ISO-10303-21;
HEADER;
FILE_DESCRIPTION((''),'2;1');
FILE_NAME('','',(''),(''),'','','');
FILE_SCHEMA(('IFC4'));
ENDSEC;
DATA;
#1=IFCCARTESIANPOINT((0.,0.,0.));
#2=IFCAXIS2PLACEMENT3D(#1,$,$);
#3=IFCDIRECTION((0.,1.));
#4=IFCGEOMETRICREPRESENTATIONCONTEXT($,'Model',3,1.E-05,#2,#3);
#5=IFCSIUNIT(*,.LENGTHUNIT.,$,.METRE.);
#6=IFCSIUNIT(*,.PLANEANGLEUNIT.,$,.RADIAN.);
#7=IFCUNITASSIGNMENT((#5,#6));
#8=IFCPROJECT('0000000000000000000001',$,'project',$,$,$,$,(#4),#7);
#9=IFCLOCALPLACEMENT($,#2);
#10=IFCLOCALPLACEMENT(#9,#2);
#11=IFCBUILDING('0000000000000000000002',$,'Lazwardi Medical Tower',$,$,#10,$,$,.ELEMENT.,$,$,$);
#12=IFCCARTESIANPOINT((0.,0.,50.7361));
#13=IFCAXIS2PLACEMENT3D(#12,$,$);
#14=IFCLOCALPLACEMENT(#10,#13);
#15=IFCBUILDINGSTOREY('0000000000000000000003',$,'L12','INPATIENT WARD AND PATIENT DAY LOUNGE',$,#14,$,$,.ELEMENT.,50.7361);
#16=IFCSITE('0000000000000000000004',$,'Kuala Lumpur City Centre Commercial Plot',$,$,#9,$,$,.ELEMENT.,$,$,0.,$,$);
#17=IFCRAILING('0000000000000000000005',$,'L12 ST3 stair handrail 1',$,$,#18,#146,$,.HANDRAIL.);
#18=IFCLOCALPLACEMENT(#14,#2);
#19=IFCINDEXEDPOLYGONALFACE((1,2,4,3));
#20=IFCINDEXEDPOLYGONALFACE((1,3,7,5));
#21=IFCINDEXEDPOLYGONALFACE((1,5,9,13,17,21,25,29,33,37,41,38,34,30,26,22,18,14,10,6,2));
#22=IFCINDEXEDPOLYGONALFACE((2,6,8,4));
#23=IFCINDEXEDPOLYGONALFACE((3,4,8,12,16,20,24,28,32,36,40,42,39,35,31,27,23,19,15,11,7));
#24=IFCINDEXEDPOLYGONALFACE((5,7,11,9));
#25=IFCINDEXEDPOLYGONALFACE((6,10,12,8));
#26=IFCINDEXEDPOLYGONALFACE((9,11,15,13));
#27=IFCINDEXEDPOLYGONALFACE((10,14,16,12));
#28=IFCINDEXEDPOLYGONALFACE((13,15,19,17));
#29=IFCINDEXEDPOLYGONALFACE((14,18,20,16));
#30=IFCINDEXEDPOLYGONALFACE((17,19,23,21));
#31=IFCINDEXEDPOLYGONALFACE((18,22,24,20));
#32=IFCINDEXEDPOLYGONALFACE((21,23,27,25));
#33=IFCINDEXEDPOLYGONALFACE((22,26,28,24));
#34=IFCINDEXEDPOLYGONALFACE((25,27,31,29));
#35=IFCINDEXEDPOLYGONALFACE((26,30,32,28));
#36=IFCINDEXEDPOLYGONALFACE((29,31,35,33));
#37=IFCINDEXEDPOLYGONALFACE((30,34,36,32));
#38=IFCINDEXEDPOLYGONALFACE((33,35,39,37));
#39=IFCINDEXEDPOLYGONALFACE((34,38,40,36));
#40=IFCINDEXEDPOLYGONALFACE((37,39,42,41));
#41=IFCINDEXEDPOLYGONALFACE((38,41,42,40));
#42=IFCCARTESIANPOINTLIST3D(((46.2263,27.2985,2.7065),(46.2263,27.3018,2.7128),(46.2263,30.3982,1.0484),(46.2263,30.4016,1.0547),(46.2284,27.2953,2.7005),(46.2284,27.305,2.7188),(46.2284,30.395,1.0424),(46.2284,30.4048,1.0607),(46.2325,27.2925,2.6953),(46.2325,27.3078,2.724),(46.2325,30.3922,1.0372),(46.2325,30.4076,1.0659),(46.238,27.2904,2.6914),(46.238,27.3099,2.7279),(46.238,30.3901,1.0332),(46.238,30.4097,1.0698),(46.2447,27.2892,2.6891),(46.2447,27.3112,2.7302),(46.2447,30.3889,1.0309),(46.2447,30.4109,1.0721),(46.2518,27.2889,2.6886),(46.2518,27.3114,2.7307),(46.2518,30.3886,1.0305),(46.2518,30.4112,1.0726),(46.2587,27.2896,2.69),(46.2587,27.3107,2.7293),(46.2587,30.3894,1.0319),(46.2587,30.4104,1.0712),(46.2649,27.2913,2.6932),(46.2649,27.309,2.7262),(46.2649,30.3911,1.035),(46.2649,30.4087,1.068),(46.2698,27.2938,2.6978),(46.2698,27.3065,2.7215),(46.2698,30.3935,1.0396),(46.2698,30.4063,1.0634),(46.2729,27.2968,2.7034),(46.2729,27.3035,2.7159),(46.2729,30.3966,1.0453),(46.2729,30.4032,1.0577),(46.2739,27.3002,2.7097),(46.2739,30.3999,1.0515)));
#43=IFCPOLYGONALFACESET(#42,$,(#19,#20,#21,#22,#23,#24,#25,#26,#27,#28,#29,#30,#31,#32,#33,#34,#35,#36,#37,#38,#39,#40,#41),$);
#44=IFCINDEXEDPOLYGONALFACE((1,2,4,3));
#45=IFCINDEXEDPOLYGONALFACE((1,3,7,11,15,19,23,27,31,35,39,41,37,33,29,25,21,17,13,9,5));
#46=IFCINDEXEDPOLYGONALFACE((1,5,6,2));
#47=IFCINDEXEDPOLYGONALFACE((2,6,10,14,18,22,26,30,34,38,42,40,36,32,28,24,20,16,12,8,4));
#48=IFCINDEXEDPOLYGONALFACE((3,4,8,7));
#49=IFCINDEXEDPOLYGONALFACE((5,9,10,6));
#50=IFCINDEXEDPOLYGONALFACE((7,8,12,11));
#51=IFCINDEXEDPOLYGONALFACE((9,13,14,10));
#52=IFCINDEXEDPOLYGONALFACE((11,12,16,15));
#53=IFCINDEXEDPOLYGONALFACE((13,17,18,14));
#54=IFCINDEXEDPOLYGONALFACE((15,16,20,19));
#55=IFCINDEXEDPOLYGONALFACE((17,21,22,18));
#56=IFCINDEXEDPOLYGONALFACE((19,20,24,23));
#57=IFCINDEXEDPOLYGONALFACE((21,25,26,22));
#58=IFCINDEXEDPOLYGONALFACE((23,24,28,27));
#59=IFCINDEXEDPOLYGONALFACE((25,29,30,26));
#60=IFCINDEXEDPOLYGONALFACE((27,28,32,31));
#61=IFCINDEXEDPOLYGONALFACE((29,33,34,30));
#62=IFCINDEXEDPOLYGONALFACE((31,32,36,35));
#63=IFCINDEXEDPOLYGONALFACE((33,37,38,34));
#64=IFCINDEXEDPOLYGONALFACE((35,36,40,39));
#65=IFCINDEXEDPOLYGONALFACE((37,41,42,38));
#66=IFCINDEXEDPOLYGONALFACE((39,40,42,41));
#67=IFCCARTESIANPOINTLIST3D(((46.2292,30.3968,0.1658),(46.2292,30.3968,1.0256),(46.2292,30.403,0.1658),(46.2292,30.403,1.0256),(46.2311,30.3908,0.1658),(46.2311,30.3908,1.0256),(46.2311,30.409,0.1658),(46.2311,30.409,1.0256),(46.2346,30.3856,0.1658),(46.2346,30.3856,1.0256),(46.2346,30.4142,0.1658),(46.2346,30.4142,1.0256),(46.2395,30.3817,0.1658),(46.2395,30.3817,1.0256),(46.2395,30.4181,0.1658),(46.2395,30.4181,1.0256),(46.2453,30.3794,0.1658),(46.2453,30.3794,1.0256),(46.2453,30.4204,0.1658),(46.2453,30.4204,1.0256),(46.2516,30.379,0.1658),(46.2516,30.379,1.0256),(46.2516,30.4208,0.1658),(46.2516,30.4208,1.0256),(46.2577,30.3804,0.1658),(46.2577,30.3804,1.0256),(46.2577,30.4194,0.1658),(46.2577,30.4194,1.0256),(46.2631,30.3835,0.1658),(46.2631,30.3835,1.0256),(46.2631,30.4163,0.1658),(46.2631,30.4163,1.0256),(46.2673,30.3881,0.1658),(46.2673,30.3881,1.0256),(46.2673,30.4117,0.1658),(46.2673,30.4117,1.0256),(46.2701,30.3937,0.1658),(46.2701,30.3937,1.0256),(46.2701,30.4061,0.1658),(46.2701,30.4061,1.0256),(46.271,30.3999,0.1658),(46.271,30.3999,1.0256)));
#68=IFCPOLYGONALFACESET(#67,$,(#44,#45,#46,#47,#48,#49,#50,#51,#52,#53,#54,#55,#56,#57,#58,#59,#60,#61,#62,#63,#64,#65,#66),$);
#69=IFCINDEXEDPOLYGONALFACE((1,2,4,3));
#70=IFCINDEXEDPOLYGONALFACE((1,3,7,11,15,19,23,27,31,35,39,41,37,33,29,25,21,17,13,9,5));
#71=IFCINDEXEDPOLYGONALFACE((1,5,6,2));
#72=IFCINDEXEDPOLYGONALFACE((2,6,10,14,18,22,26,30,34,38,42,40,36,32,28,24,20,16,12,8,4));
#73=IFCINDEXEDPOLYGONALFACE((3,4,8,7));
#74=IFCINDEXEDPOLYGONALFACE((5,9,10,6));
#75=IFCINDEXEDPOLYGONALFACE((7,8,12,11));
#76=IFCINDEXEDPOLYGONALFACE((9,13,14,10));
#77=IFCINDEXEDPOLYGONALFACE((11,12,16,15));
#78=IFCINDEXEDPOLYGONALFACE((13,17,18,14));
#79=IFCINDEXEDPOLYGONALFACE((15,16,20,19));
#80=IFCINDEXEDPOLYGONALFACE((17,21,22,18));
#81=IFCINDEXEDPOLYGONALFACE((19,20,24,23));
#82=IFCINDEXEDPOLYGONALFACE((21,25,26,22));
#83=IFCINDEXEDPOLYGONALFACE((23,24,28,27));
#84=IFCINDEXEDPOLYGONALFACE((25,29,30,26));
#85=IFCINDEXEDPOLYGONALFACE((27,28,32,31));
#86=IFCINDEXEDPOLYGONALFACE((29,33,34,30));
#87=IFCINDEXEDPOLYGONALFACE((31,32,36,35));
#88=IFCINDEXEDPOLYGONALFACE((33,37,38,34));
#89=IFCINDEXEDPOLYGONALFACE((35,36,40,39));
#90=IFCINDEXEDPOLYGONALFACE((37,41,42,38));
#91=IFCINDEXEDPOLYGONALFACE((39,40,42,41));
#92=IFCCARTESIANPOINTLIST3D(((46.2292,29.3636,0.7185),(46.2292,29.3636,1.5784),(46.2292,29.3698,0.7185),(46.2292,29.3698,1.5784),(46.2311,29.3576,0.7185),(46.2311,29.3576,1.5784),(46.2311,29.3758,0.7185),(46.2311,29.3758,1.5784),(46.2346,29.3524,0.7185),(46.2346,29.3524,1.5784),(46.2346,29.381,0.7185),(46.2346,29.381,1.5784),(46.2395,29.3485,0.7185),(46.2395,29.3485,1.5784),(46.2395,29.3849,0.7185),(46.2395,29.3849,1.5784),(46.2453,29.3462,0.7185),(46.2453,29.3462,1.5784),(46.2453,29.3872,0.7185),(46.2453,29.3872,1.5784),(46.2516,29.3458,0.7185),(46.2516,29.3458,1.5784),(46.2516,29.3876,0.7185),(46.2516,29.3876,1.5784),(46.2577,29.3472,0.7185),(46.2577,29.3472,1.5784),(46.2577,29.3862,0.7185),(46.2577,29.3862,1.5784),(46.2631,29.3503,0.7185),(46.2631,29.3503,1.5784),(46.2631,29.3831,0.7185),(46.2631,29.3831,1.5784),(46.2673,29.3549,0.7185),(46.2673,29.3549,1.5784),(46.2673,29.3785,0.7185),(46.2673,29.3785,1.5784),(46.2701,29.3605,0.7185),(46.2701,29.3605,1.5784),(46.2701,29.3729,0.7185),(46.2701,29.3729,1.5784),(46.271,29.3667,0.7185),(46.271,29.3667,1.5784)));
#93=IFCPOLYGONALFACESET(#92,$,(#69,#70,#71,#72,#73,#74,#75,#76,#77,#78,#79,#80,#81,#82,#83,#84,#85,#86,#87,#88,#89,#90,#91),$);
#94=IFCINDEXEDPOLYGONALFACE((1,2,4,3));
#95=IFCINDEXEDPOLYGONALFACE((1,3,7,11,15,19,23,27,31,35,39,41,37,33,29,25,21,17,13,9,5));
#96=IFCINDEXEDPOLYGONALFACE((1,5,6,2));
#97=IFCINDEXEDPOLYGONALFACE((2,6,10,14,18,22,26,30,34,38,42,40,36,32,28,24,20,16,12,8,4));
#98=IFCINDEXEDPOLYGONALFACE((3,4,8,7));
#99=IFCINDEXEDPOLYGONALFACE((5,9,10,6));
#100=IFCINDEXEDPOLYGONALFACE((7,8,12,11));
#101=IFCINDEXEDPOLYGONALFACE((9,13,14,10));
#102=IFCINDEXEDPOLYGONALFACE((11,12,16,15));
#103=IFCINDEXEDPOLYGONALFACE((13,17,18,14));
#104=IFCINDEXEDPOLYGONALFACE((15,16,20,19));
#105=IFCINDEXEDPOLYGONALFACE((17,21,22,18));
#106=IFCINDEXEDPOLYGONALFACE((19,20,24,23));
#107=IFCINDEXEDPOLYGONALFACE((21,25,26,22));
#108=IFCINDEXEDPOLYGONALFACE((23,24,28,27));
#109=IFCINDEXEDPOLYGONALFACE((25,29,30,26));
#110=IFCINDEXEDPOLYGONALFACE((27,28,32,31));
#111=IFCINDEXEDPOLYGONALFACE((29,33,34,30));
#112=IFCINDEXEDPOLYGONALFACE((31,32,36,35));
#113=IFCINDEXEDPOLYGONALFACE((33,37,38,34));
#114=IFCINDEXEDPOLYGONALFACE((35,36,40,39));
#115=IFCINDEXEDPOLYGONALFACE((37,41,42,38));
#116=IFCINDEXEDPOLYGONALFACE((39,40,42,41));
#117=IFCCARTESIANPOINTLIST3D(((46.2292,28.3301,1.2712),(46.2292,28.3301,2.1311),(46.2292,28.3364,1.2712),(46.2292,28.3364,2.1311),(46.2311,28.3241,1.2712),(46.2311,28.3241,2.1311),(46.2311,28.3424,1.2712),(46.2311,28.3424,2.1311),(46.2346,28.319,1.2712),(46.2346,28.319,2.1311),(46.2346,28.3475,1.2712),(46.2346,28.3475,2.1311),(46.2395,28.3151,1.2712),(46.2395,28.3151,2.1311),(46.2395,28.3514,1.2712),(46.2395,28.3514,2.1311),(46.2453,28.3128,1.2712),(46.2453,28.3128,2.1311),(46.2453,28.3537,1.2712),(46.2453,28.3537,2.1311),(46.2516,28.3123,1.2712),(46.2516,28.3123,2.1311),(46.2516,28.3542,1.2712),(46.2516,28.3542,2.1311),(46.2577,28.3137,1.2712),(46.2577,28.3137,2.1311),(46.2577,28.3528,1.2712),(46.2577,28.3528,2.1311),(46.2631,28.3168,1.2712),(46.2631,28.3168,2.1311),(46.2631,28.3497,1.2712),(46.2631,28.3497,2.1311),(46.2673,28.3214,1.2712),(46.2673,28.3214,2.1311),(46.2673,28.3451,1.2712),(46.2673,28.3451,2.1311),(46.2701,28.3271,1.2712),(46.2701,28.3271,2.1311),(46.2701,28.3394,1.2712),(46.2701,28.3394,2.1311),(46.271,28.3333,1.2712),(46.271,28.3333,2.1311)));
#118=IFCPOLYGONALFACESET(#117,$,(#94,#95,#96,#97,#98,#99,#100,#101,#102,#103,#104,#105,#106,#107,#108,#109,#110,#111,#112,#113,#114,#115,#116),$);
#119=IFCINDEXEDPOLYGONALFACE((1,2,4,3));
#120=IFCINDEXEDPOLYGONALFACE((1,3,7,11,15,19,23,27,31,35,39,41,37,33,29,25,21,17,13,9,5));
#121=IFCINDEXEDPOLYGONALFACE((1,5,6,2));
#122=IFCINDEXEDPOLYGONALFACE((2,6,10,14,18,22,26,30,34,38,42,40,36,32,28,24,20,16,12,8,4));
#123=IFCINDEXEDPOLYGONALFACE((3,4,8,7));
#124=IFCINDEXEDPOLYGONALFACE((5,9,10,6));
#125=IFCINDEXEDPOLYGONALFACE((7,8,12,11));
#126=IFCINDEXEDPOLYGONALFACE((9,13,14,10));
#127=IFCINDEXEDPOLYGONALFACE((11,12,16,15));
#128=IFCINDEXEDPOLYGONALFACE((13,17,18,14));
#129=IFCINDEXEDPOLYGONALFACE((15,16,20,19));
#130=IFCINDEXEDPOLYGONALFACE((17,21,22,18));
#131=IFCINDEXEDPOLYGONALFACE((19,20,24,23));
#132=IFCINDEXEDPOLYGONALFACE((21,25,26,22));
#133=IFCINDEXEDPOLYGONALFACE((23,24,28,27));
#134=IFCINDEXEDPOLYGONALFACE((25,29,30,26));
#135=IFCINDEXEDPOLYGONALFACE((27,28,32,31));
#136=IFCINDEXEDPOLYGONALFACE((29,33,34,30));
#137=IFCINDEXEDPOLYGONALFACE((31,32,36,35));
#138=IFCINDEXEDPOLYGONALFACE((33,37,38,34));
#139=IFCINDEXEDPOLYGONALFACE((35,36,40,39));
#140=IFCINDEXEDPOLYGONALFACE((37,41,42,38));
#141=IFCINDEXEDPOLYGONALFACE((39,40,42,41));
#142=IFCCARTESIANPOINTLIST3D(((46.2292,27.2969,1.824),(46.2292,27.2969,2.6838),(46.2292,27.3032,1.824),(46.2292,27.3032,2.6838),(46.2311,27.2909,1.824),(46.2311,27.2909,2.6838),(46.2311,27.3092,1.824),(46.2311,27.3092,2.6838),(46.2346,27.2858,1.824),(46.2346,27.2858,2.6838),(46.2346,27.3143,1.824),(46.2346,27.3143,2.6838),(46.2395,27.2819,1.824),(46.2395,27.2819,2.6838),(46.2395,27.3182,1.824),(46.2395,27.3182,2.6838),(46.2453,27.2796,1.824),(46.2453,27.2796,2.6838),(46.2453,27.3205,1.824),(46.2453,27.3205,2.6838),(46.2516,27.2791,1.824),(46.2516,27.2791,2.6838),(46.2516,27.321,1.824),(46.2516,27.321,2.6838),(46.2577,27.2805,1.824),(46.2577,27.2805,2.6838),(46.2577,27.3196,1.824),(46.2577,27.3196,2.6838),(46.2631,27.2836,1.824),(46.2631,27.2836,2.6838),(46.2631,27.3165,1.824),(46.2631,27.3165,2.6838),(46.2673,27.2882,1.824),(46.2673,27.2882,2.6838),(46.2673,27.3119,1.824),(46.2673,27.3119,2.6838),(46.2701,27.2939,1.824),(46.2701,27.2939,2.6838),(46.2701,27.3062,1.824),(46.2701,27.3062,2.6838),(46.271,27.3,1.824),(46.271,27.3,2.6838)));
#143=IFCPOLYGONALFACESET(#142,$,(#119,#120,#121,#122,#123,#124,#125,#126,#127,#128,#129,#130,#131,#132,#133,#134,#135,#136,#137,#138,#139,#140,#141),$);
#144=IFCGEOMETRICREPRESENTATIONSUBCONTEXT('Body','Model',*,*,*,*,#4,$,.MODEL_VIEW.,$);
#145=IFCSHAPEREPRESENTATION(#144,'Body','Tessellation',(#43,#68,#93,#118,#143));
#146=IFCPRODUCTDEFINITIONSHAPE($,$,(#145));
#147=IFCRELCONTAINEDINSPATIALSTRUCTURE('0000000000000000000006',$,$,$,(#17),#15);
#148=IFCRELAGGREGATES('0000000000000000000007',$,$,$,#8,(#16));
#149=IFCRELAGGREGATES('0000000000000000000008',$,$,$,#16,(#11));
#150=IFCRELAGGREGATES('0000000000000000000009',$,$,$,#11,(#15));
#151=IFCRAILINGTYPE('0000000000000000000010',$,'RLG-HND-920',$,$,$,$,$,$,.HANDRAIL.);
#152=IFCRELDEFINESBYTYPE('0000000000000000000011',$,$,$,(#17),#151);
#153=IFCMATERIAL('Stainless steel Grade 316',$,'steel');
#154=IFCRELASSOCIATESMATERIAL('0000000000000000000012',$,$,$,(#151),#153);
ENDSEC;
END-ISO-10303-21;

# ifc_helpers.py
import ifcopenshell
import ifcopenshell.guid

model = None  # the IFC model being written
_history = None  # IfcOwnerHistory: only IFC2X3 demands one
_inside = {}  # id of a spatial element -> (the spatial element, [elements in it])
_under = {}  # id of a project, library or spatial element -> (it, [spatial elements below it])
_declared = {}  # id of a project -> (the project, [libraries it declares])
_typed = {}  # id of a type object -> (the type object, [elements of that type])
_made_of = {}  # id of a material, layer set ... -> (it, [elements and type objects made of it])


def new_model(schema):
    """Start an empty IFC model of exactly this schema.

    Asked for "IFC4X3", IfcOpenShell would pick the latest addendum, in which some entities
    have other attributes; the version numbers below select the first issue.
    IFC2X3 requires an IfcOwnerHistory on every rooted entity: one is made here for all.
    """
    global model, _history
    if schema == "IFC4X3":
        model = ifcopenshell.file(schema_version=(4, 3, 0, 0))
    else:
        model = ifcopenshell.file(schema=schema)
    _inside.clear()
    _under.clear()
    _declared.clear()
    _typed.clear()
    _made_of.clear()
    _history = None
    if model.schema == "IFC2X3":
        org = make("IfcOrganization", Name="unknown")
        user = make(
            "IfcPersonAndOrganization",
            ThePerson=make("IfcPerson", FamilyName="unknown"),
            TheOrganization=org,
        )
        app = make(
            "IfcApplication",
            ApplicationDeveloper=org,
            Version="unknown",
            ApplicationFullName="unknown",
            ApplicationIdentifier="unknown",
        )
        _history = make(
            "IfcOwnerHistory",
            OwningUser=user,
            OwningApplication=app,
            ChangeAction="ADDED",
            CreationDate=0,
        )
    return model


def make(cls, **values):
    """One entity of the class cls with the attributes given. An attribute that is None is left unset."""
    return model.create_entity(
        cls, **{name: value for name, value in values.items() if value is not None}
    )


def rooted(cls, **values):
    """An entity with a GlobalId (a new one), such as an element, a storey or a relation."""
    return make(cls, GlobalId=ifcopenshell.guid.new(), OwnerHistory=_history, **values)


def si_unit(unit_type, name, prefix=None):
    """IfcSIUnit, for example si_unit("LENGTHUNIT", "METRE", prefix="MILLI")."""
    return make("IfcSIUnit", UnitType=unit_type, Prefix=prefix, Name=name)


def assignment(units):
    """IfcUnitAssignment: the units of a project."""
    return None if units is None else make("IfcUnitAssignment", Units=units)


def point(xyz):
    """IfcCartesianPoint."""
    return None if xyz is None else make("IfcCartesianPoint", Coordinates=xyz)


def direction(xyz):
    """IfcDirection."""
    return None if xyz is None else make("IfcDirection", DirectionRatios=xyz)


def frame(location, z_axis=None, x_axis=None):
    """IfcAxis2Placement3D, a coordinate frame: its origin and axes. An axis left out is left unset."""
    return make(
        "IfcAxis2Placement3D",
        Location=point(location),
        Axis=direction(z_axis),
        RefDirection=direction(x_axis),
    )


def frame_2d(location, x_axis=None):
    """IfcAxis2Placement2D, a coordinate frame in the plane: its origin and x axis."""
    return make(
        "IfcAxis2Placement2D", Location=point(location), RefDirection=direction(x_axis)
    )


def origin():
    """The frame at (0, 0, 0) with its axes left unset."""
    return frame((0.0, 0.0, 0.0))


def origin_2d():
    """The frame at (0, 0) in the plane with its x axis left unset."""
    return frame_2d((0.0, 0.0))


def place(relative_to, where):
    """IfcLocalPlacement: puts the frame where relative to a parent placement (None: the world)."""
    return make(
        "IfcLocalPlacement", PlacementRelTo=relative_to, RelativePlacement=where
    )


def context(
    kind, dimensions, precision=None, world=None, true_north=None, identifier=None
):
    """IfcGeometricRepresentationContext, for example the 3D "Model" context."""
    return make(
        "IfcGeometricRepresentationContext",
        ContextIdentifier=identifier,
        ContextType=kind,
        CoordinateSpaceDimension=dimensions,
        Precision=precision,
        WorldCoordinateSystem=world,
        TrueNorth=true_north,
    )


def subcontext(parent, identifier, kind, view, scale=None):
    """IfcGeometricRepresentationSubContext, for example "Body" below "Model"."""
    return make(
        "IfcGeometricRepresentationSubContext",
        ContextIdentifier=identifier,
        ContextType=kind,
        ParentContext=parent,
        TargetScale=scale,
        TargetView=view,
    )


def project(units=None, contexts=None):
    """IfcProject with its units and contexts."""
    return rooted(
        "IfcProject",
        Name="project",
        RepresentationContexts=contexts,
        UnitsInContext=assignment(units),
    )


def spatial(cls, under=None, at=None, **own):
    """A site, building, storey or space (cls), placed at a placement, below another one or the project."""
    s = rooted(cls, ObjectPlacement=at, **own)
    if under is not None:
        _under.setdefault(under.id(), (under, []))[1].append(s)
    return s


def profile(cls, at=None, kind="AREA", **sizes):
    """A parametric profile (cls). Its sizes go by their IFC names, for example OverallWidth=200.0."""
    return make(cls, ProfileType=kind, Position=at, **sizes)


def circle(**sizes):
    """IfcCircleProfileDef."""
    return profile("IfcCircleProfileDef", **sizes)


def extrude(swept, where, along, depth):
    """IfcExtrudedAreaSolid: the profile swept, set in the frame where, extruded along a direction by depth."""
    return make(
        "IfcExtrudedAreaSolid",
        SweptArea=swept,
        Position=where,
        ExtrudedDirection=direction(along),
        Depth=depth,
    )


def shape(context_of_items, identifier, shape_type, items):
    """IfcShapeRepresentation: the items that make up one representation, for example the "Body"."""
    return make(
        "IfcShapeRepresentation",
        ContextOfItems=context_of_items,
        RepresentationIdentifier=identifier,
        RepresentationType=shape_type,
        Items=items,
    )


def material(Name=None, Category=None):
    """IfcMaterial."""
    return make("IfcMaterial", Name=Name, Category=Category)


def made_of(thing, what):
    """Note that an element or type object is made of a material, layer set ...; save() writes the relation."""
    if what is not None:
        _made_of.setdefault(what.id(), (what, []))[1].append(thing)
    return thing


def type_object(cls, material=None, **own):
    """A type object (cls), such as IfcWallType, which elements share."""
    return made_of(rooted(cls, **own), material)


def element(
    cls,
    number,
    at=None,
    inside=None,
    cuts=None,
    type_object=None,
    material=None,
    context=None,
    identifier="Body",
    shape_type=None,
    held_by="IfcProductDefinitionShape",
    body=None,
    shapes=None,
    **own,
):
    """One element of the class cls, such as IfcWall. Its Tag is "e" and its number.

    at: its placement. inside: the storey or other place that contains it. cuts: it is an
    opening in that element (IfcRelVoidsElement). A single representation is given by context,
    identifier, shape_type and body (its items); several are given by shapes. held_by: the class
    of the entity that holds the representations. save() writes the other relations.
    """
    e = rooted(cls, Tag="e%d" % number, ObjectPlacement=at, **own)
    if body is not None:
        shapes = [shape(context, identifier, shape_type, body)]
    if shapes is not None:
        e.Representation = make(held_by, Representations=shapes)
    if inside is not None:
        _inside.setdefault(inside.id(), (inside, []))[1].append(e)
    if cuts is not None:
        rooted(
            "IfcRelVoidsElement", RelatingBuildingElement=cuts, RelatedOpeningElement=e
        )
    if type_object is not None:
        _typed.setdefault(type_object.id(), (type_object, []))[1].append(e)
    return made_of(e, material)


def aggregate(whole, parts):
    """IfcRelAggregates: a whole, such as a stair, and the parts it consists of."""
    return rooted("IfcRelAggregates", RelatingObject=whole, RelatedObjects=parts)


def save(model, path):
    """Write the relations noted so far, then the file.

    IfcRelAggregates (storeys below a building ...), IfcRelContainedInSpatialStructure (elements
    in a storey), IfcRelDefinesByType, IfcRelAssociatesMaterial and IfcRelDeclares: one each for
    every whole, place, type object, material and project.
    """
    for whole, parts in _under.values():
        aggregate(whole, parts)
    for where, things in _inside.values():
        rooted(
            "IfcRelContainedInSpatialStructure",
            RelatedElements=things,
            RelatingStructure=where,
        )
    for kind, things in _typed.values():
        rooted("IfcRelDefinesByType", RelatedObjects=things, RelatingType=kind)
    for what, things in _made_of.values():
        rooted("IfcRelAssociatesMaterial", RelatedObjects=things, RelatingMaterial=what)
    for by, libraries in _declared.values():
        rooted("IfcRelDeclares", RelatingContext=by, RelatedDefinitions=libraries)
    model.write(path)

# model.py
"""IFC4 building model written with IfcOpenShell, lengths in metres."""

from ifc_helpers import new_model, si_unit, direction, frame, origin, origin_2d, place, context, subcontext, project, spatial, circle, extrude, material, type_object, element, save


model = new_model("IFC4")

# Units and contexts
model_context = context("Model", 3, precision=1e-05, world=origin(), true_north=direction((0.0, 1.0)))
body_context = subcontext(model_context, "Body", "Model", "MODEL_VIEW")
ifc_project = project(units=[si_unit("LENGTHUNIT", "METRE"), si_unit("PLANEANGLEUNIT", "RADIAN")], contexts=[model_context])

# Site, building, storey
site_placement = place(None, origin())
site = spatial("IfcSite", under=ifc_project, at=site_placement, Name="Kuala Lumpur City Centre Commercial Plot", CompositionType="ELEMENT", RefElevation=0.0)
building_placement = place(site_placement, origin())
building = spatial("IfcBuilding", under=site, at=building_placement, Name="Lazwardi Medical Tower", CompositionType="ELEMENT")
storey_placement = place(building_placement, frame((0.0, 0.0, 50.7361)))
storey = spatial("IfcBuildingStorey", under=building, at=storey_placement, Name="L12", Description="INPATIENT WARD AND PATIENT DAY LOUNGE", CompositionType="ELEMENT", Elevation=50.7361)

# Railing
ifc_material_1 = material(Name="Stainless steel Grade 316", Category="steel")
railing_type_1 = type_object("IfcRailingType", Name="RLG-HND-920", PredefinedType="HANDRAIL", material=ifc_material_1)
railing_1_placement = place(storey_placement, frame((46.25, 30.3999, 0.1658)))
element("IfcRailing", 1, at=railing_1_placement, inside=storey, type_object=railing_type_1, Name="L12 ST3 stair handrail 1", PredefinedType="HANDRAIL", context=body_context, shape_type="SweptSolid", body=[
    extrude(circle(Radius=0.0239, at=origin_2d()), frame((0.0, 0.0, 0.8857), z_axis=(0.0, -0.881768, 0.471684), x_axis=(1.0, 0.0, 0.0)), (0.0, 0.0, 1.0), 3.5154),
    extrude(circle(Radius=0.021, at=origin_2d()), origin(), (0.0, 0.0, 1.0), 0.8599),
    extrude(circle(Radius=0.021, at=origin_2d()), frame((0.0, -1.0332, 0.5527)), (0.0, 0.0, 1.0), 0.8599),
    extrude(circle(Radius=0.021, at=origin_2d()), frame((0.0, -2.0667, 1.1055)), (0.0, 0.0, 1.0), 0.8599),
    extrude(circle(Radius=0.021, at=origin_2d()), frame((0.0, -3.0999, 1.6582)), (0.0, 0.0, 1.0), 0.8599),
])

save(model, "model.ifc")
